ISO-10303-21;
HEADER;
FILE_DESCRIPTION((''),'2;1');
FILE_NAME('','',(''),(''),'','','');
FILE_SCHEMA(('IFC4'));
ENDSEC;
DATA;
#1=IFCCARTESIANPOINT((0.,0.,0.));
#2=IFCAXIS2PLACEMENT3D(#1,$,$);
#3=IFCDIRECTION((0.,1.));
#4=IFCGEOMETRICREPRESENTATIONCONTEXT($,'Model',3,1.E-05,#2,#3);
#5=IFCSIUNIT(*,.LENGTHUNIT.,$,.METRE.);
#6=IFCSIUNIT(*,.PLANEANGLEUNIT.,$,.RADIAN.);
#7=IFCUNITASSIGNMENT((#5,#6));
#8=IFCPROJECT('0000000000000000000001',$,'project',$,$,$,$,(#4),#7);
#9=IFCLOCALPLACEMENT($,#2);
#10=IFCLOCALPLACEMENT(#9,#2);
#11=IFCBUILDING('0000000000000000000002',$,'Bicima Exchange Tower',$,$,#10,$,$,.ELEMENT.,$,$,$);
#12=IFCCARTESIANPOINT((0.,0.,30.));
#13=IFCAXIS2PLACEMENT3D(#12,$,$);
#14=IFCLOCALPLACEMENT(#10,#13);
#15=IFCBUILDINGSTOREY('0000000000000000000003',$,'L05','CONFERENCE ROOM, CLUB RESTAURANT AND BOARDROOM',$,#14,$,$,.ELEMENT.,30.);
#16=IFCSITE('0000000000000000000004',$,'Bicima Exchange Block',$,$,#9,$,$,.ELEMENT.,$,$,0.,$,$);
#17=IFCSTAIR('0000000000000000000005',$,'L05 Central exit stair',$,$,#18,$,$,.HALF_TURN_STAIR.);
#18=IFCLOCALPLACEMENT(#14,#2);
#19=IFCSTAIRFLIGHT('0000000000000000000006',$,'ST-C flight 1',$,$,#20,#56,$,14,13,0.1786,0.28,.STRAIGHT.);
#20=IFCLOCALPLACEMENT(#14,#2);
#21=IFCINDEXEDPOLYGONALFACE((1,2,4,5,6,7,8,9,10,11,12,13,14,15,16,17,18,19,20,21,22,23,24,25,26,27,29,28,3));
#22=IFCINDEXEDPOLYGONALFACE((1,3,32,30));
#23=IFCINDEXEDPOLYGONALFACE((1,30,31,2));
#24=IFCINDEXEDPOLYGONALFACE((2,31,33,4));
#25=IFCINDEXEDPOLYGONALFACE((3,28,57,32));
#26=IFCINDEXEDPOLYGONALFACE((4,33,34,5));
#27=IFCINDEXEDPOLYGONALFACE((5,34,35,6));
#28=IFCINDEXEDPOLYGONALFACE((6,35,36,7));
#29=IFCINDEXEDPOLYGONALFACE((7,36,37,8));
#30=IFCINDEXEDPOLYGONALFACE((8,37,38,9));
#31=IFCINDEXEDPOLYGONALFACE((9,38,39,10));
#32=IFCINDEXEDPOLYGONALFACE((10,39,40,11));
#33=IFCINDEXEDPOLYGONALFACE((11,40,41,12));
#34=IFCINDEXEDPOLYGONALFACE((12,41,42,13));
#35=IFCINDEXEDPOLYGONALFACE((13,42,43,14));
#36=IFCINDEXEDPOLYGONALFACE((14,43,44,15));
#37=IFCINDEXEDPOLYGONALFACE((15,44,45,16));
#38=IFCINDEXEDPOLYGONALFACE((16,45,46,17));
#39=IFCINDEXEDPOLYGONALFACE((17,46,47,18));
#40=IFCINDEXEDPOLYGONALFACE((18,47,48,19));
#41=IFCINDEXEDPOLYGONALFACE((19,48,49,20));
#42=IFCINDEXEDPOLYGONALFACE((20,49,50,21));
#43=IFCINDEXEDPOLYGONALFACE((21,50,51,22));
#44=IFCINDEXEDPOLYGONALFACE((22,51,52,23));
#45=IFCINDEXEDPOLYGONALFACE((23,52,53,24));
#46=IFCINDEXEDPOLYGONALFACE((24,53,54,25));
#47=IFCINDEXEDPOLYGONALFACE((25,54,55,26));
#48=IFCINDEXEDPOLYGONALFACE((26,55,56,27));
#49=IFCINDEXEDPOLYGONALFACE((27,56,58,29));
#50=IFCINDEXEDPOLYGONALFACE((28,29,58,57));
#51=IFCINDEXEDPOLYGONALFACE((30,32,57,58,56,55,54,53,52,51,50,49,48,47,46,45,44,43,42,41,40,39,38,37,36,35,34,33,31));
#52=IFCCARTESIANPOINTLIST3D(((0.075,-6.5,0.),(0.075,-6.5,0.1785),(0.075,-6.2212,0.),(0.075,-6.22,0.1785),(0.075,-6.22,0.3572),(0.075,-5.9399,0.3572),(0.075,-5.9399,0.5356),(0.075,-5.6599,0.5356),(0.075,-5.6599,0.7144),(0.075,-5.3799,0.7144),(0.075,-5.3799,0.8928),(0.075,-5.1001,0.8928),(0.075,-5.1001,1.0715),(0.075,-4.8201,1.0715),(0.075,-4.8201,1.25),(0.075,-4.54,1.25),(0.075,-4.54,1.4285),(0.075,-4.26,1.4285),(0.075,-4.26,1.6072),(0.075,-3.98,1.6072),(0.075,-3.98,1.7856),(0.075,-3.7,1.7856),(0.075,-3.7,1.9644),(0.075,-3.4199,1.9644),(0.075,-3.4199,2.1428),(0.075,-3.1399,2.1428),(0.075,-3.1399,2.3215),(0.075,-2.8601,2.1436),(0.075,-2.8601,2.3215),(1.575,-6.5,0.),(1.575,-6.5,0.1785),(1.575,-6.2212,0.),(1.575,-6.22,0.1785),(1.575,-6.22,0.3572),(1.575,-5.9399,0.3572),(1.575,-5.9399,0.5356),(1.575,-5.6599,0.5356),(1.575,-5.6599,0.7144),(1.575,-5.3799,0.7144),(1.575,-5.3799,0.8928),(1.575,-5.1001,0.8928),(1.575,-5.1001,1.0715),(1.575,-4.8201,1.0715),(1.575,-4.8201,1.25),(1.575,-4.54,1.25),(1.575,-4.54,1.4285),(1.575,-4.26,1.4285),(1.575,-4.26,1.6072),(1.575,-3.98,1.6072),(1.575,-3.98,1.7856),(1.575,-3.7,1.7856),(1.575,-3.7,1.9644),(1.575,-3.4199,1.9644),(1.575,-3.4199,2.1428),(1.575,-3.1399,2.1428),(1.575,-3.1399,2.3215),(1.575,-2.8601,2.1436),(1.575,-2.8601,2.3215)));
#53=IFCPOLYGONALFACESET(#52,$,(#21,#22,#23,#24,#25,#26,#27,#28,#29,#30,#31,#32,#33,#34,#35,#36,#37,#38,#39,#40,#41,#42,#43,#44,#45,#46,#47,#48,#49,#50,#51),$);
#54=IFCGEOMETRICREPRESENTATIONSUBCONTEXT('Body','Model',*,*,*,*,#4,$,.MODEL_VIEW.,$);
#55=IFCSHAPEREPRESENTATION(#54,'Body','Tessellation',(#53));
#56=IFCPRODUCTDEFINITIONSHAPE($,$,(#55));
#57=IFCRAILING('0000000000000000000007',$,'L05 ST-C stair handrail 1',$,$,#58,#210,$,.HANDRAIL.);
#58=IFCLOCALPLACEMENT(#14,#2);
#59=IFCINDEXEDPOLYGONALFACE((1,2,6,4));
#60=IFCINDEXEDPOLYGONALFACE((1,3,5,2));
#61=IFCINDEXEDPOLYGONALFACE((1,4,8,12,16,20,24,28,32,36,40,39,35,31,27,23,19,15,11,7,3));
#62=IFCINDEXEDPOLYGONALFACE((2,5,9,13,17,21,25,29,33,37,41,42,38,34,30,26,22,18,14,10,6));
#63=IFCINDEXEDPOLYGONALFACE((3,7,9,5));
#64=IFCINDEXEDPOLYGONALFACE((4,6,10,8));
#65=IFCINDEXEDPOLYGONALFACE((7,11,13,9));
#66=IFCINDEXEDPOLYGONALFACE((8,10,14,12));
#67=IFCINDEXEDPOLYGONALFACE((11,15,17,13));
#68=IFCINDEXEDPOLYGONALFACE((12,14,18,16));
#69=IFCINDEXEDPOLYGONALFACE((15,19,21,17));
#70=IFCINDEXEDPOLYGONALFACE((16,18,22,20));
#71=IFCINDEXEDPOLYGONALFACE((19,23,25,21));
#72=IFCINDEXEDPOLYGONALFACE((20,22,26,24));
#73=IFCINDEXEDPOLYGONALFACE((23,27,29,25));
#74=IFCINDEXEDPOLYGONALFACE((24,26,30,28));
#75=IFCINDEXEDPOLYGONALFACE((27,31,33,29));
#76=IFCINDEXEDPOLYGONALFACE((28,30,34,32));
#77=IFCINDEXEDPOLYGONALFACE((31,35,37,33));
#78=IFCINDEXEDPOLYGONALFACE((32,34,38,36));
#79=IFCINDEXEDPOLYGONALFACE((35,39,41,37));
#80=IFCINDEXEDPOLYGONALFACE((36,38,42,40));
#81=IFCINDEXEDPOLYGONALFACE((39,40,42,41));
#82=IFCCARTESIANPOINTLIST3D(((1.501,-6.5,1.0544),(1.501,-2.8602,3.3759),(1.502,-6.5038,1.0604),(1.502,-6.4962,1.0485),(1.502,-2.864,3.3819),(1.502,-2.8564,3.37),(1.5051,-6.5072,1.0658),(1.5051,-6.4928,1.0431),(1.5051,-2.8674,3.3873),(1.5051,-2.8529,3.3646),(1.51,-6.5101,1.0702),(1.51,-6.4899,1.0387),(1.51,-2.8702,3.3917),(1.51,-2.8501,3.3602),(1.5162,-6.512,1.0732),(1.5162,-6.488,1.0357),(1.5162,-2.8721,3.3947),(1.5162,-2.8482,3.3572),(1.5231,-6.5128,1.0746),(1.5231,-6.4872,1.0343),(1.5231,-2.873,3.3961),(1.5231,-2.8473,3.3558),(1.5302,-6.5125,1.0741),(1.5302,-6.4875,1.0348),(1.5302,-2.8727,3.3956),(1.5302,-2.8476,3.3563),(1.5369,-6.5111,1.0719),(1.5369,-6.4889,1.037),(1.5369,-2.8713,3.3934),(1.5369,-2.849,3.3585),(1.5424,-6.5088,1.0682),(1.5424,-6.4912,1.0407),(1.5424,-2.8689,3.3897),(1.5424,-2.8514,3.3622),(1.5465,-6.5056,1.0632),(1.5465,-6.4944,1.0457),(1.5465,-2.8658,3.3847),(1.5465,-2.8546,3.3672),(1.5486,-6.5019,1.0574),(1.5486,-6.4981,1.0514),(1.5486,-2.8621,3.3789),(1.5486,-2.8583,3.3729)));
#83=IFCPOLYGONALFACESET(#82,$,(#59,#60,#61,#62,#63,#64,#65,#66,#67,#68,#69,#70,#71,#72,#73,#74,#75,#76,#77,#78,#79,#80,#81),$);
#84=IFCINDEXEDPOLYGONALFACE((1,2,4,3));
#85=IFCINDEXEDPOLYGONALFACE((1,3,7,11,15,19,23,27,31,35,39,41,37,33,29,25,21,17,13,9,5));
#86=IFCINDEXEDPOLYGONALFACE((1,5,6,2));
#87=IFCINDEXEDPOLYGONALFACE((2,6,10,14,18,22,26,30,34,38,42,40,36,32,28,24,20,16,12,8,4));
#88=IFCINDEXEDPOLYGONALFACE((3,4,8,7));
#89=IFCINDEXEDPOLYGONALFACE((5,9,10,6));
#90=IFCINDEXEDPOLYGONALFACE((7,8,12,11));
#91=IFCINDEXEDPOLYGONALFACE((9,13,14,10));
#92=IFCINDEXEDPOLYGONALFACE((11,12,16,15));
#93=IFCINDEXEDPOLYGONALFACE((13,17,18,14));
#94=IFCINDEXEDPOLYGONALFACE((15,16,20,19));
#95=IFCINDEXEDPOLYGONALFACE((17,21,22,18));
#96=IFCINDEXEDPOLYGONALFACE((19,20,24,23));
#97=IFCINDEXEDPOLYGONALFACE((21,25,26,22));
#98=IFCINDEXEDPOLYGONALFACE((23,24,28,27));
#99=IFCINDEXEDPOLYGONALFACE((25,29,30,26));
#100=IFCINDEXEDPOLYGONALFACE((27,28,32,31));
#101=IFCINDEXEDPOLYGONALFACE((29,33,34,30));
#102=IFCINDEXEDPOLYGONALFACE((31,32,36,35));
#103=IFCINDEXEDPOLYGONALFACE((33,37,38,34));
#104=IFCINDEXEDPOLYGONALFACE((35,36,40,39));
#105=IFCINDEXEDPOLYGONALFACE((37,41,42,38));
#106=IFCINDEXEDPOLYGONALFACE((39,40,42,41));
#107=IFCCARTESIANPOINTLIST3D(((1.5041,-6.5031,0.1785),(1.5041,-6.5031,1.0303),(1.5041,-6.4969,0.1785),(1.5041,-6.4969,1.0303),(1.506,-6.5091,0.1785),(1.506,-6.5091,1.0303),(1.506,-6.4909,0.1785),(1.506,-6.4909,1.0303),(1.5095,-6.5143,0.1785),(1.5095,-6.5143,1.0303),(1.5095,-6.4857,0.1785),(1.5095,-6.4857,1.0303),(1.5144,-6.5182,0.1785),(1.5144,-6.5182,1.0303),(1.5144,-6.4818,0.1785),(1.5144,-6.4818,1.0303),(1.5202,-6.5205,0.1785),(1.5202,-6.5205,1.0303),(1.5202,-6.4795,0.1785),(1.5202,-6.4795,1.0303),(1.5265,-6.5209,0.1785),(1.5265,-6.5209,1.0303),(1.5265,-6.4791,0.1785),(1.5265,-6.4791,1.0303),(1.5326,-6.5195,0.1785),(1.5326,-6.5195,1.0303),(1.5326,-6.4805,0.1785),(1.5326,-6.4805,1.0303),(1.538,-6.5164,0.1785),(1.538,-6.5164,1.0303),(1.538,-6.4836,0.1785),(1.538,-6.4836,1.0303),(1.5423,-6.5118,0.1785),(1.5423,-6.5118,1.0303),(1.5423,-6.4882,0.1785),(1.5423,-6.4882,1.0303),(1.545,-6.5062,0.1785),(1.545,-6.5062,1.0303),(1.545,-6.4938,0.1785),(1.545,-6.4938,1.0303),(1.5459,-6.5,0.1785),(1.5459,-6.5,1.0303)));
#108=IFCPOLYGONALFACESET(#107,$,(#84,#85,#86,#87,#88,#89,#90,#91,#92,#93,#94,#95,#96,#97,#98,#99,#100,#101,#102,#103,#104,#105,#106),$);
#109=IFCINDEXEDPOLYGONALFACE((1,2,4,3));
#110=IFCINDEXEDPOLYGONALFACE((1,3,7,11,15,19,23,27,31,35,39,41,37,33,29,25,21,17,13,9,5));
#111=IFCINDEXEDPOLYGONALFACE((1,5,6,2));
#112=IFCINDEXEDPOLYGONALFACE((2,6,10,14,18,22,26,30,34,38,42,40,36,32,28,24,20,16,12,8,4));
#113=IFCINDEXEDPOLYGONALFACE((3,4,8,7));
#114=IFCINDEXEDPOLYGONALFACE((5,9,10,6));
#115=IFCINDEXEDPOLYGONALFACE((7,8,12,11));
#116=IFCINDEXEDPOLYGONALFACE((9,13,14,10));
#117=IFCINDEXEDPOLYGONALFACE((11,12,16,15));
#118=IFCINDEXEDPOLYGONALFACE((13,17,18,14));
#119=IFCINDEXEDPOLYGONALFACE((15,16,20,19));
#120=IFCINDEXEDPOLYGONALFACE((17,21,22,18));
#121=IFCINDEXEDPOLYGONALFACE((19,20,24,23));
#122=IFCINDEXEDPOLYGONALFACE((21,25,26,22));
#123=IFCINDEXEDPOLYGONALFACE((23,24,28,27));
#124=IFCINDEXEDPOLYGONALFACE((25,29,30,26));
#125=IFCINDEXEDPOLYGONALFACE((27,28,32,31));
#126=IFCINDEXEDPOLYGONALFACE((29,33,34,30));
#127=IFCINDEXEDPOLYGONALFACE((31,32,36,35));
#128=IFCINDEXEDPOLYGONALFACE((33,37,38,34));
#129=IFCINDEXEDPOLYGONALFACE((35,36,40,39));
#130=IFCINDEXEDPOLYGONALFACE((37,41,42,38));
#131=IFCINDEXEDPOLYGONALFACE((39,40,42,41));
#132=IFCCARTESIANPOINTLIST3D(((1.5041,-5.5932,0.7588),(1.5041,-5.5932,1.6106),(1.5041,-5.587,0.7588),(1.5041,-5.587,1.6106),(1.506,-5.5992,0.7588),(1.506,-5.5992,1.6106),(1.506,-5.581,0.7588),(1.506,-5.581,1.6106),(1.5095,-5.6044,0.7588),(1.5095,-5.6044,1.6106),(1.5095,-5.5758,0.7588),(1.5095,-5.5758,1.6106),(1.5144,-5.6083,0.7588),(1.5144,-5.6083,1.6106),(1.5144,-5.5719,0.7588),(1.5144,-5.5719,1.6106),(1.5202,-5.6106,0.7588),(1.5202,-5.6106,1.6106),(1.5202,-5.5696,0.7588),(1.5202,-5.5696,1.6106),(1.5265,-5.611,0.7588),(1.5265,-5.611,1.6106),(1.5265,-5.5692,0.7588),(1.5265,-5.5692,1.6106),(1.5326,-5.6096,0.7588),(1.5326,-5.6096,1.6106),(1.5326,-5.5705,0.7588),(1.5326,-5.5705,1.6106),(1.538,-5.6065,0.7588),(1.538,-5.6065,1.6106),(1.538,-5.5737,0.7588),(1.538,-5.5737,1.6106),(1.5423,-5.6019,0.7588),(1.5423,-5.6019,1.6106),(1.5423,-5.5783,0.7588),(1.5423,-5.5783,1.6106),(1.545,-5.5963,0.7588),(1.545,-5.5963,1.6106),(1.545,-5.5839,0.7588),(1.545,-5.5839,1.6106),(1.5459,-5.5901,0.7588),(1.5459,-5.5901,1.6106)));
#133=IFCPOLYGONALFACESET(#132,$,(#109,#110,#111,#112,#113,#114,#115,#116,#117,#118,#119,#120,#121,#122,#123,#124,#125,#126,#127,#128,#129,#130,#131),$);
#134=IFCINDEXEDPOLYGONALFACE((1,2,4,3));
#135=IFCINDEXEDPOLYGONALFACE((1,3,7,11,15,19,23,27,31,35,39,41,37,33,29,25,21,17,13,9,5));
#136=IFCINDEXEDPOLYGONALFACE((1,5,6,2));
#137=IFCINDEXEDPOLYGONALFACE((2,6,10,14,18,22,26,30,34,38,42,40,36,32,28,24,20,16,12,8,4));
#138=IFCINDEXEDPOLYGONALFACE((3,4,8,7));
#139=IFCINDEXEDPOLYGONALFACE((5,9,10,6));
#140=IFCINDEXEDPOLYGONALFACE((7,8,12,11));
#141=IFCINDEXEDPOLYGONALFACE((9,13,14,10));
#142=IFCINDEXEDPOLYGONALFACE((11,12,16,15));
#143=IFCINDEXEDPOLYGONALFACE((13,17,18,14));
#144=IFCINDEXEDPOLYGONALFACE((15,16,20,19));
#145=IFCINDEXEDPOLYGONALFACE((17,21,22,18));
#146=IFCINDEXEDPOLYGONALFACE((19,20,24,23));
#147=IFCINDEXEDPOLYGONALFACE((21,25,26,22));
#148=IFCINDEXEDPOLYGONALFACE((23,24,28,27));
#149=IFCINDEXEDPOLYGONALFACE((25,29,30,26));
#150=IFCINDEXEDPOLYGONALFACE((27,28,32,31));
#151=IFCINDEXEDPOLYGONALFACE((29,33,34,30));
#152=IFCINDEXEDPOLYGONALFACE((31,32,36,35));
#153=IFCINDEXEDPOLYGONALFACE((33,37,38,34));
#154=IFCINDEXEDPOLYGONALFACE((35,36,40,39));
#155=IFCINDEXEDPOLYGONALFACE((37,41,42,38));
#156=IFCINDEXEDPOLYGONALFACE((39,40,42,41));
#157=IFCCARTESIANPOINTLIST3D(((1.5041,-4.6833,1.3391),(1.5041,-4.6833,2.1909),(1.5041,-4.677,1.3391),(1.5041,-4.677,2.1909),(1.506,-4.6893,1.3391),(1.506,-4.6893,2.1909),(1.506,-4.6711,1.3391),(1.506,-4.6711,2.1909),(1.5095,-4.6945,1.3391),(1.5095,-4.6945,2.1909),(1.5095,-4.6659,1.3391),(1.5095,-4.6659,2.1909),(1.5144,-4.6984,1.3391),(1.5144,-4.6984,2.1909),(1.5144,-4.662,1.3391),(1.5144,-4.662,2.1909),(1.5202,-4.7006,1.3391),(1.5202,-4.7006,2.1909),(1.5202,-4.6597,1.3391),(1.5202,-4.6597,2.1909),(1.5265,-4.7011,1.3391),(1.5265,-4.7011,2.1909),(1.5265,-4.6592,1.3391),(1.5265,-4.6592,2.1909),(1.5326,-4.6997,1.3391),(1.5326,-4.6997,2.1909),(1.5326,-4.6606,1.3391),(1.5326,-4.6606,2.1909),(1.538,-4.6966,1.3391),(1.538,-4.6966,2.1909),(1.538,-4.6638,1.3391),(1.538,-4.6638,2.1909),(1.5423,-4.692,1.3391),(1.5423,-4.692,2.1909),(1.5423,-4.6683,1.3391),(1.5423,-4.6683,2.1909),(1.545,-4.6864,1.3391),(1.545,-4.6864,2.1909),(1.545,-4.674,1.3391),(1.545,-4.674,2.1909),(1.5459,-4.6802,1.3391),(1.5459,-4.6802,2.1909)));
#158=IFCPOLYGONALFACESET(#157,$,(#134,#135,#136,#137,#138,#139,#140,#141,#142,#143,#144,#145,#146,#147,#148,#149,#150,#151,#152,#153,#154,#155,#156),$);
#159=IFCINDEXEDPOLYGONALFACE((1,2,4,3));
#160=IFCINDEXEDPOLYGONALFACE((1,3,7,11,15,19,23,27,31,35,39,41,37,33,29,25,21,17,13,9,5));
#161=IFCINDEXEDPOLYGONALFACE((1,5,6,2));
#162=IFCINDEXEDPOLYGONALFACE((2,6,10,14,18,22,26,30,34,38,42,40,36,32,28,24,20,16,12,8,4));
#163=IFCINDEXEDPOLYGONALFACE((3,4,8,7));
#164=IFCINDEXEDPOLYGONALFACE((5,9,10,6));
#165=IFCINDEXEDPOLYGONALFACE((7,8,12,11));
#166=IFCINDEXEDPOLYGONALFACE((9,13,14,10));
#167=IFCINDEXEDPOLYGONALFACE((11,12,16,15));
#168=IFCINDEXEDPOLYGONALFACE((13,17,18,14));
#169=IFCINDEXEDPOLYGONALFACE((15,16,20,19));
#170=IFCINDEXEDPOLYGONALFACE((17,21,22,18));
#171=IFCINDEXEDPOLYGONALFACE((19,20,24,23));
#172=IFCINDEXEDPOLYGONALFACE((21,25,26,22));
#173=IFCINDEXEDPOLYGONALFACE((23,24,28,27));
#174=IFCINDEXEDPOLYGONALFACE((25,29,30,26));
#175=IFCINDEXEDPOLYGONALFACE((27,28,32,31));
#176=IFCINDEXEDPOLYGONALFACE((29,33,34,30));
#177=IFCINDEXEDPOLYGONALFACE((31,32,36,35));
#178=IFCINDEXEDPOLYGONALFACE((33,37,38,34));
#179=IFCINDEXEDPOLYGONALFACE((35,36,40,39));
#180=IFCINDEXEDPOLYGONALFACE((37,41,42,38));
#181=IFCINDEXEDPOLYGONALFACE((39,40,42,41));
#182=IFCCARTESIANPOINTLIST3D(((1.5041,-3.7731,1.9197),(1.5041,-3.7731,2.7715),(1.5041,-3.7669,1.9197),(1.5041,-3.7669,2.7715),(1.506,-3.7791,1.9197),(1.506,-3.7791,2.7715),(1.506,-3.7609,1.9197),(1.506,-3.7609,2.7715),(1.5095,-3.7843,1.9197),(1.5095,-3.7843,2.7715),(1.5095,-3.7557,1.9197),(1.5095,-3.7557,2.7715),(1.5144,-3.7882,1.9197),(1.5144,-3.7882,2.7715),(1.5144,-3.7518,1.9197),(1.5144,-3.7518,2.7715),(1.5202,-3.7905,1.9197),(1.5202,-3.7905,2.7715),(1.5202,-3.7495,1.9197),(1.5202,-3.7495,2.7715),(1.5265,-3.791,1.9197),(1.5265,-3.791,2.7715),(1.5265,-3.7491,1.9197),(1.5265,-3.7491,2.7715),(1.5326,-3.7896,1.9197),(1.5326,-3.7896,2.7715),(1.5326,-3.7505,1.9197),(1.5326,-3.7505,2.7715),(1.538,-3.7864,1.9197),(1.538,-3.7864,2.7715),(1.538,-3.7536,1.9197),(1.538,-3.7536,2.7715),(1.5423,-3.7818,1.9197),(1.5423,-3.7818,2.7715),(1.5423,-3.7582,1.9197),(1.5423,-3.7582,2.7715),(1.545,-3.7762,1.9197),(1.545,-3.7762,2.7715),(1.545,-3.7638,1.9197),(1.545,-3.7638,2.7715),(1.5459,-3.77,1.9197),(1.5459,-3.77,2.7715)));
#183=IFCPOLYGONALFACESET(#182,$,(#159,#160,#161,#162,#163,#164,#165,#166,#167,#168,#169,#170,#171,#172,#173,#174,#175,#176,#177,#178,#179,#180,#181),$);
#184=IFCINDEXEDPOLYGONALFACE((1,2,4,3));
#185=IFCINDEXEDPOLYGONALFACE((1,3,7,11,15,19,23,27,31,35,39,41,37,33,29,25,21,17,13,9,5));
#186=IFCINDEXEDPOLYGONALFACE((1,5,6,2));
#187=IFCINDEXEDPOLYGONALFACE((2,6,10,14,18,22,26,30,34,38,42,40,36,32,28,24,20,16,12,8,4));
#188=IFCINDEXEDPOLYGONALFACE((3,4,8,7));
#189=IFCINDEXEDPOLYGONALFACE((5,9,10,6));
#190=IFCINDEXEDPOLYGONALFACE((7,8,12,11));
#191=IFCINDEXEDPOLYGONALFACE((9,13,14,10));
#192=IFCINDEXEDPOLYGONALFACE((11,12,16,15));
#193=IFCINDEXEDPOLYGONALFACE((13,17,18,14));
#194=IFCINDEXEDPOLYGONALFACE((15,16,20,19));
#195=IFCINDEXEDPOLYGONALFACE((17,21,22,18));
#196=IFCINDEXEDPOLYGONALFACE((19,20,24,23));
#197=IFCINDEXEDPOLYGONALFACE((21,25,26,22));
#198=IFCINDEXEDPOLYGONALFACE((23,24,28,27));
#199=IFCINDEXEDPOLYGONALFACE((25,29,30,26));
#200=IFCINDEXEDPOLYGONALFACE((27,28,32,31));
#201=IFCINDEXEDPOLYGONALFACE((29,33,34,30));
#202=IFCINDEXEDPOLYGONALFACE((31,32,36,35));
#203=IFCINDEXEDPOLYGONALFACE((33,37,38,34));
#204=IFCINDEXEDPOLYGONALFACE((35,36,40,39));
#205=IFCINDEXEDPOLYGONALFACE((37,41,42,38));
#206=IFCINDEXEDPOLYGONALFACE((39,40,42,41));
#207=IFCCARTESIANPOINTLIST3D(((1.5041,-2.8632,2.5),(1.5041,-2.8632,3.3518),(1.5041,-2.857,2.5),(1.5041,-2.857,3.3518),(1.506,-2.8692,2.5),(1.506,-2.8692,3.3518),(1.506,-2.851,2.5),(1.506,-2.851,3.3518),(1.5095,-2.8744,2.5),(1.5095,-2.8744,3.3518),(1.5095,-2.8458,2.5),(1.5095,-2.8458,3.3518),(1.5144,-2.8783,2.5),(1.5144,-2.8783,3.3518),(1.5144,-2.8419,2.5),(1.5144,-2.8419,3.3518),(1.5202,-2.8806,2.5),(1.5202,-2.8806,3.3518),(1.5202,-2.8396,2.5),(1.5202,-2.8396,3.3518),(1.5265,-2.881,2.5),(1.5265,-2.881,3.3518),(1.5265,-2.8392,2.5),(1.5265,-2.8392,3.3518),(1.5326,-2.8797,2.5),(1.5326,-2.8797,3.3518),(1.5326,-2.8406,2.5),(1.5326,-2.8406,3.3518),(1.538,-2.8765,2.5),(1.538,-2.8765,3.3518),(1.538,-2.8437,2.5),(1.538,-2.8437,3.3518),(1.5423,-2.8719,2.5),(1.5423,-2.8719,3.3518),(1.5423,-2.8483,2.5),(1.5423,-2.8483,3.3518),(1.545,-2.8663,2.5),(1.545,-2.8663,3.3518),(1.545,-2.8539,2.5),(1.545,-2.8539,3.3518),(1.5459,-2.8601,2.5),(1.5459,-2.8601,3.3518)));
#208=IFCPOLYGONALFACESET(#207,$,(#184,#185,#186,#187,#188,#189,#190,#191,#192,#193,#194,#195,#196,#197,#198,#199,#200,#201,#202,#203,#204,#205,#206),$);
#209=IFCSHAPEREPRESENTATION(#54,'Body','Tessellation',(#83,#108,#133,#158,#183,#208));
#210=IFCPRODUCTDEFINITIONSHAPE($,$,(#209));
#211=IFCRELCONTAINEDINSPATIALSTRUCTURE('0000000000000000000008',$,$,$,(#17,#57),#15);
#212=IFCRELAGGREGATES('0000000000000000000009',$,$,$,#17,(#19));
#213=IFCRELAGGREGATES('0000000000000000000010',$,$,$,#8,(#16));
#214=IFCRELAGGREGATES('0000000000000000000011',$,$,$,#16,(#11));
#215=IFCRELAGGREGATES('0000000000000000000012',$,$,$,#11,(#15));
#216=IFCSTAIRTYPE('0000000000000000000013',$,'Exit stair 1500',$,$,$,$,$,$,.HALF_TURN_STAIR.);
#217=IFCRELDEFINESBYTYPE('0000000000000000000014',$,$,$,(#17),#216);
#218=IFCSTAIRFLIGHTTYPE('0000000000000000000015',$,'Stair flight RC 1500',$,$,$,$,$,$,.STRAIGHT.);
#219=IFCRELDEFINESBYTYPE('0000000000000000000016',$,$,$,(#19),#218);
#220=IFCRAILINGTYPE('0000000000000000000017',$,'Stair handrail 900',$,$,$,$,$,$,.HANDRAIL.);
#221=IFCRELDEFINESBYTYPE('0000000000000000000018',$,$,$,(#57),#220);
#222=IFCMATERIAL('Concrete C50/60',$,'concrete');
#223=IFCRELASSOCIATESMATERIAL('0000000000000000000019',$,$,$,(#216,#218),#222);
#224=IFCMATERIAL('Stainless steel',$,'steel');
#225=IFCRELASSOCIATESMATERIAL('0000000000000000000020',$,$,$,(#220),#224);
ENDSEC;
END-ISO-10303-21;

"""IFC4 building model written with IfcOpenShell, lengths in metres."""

from ifc_helpers import new_model, si_unit, direction, frame, origin, origin_2d, place, context, subcontext, project, spatial, polyline, circle, outline, extrude, material, type_object, element, aggregate, save


model = new_model("IFC4")

# Units and contexts
model_context = context("Model", 3, precision=1e-05, world=origin(), true_north=direction((0.0, 1.0)))
body_context = subcontext(model_context, "Body", "Model", "MODEL_VIEW")
ifc_project = project(units=[si_unit("LENGTHUNIT", "METRE"), si_unit("PLANEANGLEUNIT", "RADIAN")], contexts=[model_context])

# Site, building, storey
site_placement = place(None, origin())
site = spatial("IfcSite", under=ifc_project, at=site_placement, Name="Bicima Exchange Block", CompositionType="ELEMENT", RefElevation=0.0)
building_placement = place(site_placement, origin())
building = spatial("IfcBuilding", under=site, at=building_placement, Name="Bicima Exchange Tower", CompositionType="ELEMENT")
storey_placement = place(building_placement, frame((0.0, 0.0, 30.0)))
storey = spatial("IfcBuildingStorey", under=building, at=storey_placement, Name="L05", Description="CONFERENCE ROOM, CLUB RESTAURANT AND BOARDROOM", CompositionType="ELEMENT", Elevation=30.0)

# Shared definitions
ifc_material_1 = material(Name="Concrete C50/60", Category="concrete")

# Shared definitions
ifc_material_2 = material(Name="Stainless steel", Category="steel")

# Stair, stair flight
stair_type = type_object("IfcStairType", Name="Exit stair 1500", PredefinedType="HALF_TURN_STAIR", material=ifc_material_1)
stair_placement = place(storey_placement, origin())
stair = element("IfcStair", 1, at=stair_placement, inside=storey, type_object=stair_type, Name="L05 Central exit stair", PredefinedType="HALF_TURN_STAIR")
stair_flight_type = type_object("IfcStairFlightType", Name="Stair flight RC 1500", PredefinedType="STRAIGHT", material=ifc_material_1)
stair_flight_placement = place(storey_placement, frame((0.825, -6.5, 0.0), z_axis=(0.0, 0.0, 1.0), x_axis=(0.0, 1.0, 0.0)))
stair_flight = element("IfcStairFlight", 2, at=stair_flight_placement, type_object=stair_flight_type, Name="ST-C flight 1", NumberOfRisers=14, NumberOfTreads=13, PredefinedType="STRAIGHT", RiserHeight=0.1786, TreadLength=0.28, context=body_context, shape_type="SweptSolid", body=[
    extrude(outline(polyline([(0.0, 0.0), (0.0, 0.1785), (0.28, 0.1785), (0.28, 0.3572), (0.5601, 0.3572), (0.5601, 0.5356), (0.8401, 0.5356), (0.8401, 0.7144), (1.1201, 0.7144), (1.1201, 0.8928), (1.3999, 0.8928), (1.3999, 1.0715), (1.6799, 1.0715), (1.6799, 1.25), (1.96, 1.25), (1.96, 1.4285), (2.24, 1.4285), (2.24, 1.6072), (2.52, 1.6072), (2.52, 1.7856), (2.8, 1.7856), (2.8, 1.9644), (3.0801, 1.9644), (3.0801, 2.1428), (3.3601, 2.1428), (3.3601, 2.3215), (3.6399, 2.3215), (3.6399, 2.5), (3.6399, 2.1436), (0.2788, 0.0), (0.0, 0.0)])), frame((0.0, 0.75, 0.0), z_axis=(0.0, -1.0, 0.0), x_axis=(1.0, 0.0, 0.0)), (0.0, 0.0, 1.0), 1.5),
])
aggregate(stair, [stair_flight])

# Railing
railing_type_1 = type_object("IfcRailingType", Name="Stair handrail 900", PredefinedType="HANDRAIL", material=ifc_material_2)
railing_1_placement = place(storey_placement, frame((1.5249, -6.5, 0.1785)))
element("IfcRailing", 3, at=railing_1_placement, inside=storey, type_object=railing_type_1, Name="L05 ST-C stair handrail 1", PredefinedType="HANDRAIL", context=body_context, shape_type="SweptSolid", body=[
    extrude(circle(Radius=0.0239, at=origin_2d()), frame((0.0, 0.0, 0.876), z_axis=(0.0, 0.843112, 0.537739), x_axis=(-1.0, 0.0, 0.0)), (0.0, 0.0, 1.0), 4.3171),
    extrude(circle(Radius=0.021, at=origin_2d()), origin(), (0.0, 0.0, 1.0), 0.8518),
    extrude(circle(Radius=0.021, at=origin_2d()), frame((0.0, 0.9099, 0.5803)), (0.0, 0.0, 1.0), 0.8518),
    extrude(circle(Radius=0.021, at=origin_2d()), frame((0.0, 1.8198, 1.1606)), (0.0, 0.0, 1.0), 0.8518),
    extrude(circle(Radius=0.021, at=origin_2d()), frame((0.0, 2.73, 1.7412)), (0.0, 0.0, 1.0), 0.8518),
    extrude(circle(Radius=0.021, at=origin_2d()), frame((0.0, 3.6399, 2.3215)), (0.0, 0.0, 1.0), 0.8518),
])

save(model, "model.ifc")
